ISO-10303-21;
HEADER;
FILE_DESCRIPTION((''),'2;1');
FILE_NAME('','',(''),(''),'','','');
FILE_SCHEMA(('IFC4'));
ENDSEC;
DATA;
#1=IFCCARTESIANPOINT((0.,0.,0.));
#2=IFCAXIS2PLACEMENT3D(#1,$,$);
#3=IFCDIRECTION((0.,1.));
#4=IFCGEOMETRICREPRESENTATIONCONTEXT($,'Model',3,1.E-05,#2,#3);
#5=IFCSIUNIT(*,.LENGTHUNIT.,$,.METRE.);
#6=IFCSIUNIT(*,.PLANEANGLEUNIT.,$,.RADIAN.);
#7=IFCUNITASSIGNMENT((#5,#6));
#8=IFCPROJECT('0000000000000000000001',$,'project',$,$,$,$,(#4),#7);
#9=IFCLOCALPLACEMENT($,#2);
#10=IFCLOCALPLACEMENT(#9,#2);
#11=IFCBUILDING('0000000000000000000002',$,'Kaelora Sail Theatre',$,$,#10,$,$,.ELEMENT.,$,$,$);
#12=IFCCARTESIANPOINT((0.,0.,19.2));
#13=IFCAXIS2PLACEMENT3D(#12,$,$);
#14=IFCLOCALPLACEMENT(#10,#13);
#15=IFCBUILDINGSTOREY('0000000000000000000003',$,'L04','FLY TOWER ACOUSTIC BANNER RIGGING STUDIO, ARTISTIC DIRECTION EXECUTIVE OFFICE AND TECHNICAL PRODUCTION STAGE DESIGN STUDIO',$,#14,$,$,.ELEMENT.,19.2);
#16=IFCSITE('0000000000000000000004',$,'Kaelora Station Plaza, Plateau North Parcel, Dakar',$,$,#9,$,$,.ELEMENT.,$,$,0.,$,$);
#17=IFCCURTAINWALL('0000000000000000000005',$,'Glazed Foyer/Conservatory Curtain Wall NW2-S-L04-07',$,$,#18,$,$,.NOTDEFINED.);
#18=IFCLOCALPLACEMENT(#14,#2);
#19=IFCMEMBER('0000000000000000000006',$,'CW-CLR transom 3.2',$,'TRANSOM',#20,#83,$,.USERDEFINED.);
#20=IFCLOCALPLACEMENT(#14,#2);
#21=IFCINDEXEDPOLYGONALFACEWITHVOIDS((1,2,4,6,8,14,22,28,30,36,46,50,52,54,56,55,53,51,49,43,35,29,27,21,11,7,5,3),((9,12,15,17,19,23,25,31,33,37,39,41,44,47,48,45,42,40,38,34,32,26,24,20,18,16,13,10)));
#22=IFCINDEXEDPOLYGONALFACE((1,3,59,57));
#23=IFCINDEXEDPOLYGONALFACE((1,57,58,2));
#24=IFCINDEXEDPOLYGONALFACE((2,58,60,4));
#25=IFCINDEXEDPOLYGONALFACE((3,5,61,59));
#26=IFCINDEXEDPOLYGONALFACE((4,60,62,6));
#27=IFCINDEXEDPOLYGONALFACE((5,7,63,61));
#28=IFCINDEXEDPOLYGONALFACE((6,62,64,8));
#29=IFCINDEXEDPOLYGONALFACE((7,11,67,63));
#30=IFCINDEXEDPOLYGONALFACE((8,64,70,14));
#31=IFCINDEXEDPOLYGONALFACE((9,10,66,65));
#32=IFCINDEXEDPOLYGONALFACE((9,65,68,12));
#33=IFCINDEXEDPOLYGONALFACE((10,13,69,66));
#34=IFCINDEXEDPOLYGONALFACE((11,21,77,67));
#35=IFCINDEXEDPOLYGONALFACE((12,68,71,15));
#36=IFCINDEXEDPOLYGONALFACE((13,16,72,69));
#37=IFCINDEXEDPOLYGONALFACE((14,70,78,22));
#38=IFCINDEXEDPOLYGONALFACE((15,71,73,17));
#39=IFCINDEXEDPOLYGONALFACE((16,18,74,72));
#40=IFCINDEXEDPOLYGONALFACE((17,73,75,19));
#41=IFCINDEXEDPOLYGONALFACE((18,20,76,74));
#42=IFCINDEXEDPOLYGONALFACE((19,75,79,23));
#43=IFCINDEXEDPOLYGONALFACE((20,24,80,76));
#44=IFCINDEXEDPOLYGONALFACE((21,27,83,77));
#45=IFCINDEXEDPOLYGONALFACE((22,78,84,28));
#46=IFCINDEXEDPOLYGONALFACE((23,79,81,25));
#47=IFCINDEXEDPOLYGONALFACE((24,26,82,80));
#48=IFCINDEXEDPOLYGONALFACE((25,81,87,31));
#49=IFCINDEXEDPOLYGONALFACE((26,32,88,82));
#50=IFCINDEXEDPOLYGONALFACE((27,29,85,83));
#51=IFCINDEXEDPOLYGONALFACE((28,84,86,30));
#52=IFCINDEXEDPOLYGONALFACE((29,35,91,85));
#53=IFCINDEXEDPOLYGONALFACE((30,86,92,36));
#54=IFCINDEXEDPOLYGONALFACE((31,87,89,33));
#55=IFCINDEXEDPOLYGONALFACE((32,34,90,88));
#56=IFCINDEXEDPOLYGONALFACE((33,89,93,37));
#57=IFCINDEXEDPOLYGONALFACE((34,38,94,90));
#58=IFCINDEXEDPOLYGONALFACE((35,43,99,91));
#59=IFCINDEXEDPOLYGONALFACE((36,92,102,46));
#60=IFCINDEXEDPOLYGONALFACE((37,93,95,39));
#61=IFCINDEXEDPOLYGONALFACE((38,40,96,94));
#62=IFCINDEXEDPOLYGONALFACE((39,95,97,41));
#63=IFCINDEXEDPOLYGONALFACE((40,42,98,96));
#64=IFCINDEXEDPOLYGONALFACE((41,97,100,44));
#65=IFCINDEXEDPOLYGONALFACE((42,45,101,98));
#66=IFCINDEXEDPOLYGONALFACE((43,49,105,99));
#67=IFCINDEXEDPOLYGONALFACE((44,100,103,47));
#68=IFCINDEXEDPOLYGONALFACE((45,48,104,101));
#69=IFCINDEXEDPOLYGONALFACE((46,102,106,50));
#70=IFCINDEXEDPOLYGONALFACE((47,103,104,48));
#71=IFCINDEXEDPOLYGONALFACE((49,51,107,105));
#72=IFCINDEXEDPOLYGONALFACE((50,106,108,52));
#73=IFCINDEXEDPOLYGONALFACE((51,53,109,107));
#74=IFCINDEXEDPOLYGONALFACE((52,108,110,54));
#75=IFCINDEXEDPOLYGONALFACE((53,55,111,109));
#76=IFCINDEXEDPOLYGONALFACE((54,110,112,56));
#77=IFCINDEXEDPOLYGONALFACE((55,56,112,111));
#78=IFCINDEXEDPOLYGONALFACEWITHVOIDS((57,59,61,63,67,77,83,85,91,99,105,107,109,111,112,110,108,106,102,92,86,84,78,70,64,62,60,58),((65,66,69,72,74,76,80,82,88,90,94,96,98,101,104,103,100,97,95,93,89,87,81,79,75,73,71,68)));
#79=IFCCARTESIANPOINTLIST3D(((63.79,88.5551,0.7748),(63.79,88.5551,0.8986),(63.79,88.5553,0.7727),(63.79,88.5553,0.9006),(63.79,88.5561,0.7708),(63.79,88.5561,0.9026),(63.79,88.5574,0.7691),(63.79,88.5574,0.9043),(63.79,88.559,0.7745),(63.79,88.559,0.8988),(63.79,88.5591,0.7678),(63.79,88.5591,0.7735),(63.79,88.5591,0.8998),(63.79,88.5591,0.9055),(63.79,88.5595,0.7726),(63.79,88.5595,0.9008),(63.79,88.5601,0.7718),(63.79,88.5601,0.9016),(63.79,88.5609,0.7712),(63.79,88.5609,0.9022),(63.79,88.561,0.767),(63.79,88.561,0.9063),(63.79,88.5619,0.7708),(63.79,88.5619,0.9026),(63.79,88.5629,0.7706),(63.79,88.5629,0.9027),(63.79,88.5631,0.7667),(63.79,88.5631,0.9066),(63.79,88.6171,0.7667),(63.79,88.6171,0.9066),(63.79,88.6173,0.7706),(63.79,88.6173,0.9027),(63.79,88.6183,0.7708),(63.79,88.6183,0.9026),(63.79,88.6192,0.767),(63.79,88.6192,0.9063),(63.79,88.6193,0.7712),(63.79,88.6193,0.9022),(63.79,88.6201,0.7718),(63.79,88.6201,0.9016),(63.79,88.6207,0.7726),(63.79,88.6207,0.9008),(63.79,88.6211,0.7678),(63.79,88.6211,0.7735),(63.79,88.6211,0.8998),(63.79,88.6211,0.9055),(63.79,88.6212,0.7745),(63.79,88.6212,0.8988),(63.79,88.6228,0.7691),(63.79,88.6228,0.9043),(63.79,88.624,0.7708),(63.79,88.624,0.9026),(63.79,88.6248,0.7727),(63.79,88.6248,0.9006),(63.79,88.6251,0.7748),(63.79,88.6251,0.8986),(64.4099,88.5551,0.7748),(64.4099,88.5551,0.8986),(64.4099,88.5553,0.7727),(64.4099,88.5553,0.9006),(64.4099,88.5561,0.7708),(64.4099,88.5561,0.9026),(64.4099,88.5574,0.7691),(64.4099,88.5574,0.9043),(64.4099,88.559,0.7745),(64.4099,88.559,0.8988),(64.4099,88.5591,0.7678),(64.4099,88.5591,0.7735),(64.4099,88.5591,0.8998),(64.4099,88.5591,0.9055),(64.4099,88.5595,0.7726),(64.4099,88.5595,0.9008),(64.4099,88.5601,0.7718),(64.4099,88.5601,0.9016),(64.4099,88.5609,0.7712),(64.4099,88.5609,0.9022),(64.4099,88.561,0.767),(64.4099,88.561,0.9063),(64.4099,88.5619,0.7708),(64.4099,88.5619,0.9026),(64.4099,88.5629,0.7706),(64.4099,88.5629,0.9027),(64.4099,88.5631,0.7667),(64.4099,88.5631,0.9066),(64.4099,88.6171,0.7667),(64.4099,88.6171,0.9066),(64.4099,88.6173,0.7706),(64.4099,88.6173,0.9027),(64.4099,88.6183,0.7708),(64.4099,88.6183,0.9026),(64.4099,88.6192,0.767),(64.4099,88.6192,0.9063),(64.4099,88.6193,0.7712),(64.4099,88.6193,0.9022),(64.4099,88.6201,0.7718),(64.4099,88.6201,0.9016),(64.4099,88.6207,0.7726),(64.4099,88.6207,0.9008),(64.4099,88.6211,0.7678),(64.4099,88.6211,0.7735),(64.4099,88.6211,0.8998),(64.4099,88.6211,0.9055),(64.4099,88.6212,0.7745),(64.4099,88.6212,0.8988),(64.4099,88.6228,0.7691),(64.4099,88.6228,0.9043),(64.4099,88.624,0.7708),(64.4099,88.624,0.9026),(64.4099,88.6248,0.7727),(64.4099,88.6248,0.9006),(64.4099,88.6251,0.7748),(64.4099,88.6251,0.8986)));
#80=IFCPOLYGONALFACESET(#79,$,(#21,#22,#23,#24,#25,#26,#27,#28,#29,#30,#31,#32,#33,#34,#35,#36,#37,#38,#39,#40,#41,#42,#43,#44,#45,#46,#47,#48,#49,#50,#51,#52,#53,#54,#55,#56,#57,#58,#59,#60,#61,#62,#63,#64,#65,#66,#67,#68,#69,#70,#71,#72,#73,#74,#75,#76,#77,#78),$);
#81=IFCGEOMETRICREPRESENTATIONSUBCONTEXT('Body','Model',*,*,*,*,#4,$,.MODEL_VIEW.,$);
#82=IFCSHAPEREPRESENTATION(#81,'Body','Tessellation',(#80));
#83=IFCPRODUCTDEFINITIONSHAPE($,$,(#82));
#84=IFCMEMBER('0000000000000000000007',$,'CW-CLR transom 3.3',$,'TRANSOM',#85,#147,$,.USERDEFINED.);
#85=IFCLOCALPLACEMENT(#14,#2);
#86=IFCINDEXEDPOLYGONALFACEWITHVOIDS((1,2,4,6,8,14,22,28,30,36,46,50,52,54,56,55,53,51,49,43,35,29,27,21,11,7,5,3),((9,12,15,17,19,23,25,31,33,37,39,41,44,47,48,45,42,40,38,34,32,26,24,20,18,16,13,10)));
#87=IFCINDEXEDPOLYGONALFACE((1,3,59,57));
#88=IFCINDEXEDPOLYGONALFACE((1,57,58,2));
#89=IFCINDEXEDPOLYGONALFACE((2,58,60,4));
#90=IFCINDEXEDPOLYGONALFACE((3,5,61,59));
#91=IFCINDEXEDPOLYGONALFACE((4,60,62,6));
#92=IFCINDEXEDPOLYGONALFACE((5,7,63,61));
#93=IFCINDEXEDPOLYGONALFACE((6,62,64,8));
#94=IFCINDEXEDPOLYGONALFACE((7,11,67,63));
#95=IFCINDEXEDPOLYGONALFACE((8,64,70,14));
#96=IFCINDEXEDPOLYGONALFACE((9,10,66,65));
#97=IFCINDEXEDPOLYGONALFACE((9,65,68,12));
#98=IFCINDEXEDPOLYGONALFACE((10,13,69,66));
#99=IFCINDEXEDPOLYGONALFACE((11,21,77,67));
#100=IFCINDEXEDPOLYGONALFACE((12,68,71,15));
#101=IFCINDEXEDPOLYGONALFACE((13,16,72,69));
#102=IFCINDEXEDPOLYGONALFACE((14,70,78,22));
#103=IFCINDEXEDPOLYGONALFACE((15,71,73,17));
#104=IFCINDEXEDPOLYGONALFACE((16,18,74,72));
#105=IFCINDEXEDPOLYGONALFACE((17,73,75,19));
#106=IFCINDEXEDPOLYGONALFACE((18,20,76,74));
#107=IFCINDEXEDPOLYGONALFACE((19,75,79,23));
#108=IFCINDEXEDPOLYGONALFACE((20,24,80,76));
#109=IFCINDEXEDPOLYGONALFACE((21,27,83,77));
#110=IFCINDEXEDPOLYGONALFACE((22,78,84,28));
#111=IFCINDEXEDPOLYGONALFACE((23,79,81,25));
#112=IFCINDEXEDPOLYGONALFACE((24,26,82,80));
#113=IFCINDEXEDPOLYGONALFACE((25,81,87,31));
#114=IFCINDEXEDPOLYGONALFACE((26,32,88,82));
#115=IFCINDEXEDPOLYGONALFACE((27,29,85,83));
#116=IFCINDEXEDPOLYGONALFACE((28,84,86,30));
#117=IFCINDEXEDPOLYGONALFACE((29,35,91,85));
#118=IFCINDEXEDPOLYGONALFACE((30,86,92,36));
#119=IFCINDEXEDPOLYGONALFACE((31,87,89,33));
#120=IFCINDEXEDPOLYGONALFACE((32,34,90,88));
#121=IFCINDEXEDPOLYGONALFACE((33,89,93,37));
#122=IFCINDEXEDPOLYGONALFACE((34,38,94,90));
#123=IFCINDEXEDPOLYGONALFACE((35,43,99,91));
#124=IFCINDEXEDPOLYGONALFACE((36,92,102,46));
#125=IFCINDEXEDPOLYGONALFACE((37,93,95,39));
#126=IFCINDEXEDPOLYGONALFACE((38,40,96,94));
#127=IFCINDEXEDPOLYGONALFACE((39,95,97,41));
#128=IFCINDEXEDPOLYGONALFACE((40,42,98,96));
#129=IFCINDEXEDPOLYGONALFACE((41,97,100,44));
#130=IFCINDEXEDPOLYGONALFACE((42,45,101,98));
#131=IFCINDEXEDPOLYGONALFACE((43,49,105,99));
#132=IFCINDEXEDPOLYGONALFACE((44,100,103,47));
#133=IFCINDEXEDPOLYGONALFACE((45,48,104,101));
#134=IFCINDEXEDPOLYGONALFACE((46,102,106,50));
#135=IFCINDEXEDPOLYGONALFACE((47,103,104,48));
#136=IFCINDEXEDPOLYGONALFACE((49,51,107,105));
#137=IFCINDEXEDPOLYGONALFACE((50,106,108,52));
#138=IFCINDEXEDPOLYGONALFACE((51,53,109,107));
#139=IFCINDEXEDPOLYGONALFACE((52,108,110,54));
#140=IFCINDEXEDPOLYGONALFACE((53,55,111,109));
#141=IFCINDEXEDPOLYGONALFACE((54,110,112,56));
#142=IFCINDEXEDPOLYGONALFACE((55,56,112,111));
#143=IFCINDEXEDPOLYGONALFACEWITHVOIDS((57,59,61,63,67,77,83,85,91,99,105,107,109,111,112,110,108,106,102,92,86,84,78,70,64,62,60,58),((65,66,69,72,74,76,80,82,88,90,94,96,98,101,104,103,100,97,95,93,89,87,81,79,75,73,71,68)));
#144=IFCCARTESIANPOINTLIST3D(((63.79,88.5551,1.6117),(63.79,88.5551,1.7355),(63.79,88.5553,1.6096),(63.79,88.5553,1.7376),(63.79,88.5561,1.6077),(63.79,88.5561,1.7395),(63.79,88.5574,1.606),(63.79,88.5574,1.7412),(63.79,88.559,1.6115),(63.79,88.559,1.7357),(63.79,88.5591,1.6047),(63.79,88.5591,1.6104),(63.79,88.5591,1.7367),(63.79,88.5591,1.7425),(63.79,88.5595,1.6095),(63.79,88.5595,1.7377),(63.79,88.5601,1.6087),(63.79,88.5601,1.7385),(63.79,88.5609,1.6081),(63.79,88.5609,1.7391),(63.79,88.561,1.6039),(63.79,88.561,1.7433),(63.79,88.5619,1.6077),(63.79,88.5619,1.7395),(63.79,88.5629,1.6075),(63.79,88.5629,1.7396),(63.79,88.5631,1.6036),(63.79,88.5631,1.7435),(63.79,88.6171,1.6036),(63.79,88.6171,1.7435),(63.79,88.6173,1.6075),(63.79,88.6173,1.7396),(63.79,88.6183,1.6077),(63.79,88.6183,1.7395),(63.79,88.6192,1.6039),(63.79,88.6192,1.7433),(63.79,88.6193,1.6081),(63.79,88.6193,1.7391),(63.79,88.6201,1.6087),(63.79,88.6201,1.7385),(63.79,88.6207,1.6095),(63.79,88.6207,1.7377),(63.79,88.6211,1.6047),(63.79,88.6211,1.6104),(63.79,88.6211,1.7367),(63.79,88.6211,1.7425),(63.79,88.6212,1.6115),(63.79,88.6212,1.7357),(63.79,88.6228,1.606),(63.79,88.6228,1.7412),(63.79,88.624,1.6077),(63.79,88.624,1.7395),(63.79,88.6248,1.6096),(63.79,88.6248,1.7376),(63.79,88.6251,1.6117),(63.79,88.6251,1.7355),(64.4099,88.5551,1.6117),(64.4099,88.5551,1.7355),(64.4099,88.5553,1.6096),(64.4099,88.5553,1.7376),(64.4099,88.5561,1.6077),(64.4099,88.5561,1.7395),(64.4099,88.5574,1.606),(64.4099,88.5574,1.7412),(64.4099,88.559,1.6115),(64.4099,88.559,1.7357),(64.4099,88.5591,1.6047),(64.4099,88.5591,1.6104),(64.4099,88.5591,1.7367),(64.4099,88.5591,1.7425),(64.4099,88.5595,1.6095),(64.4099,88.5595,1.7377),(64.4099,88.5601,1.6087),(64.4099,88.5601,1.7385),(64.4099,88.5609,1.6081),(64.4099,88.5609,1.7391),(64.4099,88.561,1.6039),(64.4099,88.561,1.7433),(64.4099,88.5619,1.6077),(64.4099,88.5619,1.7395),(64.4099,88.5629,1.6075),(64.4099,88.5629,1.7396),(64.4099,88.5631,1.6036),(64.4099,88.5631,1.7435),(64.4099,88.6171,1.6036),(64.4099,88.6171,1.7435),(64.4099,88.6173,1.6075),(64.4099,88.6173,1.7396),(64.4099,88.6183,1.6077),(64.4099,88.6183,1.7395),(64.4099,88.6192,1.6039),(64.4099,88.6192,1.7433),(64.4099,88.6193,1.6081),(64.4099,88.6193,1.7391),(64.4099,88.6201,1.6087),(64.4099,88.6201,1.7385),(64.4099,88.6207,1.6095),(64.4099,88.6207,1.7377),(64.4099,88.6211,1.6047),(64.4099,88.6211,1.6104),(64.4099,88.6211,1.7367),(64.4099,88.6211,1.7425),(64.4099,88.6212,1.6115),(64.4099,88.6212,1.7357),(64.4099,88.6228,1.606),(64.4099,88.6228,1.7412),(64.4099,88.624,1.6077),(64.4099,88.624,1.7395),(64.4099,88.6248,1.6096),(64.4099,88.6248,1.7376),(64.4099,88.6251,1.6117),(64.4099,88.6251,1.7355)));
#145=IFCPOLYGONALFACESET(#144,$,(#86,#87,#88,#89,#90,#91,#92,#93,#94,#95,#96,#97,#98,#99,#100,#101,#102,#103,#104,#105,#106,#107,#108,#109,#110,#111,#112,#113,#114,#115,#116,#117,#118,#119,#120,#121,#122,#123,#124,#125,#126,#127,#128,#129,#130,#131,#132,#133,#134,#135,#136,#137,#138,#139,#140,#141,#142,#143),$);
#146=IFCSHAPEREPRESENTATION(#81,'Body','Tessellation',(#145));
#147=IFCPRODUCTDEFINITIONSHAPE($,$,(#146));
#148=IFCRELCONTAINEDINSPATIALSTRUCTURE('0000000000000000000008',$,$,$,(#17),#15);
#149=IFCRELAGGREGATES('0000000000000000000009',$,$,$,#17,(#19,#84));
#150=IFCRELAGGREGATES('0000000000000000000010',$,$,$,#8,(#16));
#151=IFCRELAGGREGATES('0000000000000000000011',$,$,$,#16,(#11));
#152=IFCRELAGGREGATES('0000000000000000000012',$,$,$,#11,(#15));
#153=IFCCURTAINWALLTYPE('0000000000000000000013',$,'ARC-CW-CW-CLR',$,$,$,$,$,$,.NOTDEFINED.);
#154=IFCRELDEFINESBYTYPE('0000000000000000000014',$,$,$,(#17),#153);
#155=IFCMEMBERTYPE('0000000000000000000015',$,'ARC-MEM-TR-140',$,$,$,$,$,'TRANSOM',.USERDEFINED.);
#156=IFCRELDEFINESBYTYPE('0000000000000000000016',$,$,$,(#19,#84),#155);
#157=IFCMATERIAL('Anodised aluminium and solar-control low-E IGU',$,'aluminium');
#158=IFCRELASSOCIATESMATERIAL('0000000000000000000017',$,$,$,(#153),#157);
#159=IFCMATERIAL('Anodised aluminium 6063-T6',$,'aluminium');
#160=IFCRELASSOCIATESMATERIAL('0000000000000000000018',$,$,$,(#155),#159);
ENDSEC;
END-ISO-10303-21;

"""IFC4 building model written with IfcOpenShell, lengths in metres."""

from ifc_helpers import new_model, si_unit, direction, frame, origin, origin_2d, place, context, subcontext, project, spatial, hollow_rectangle, extrude, material, material_profile, profile_set, type_object, element, aggregate, save


model = new_model("IFC4")

# Units and contexts
model_context = context("Model", 3, precision=1e-05, world=origin(), true_north=direction((0.0, 1.0)))
body_context = subcontext(model_context, "Body", "Model", "MODEL_VIEW")
ifc_project = project(units=[si_unit("LENGTHUNIT", "METRE"), si_unit("PLANEANGLEUNIT", "RADIAN")], contexts=[model_context])

# Site, building, storey
site_placement = place(None, origin())
site = spatial("IfcSite", under=ifc_project, at=site_placement, Name="Kaelora Station Plaza, Plateau North Parcel, Dakar", CompositionType="ELEMENT", RefElevation=0.0)
building_placement = place(site_placement, origin())
building = spatial("IfcBuilding", under=site, at=building_placement, Name="Kaelora Sail Theatre", CompositionType="ELEMENT")
storey_placement = place(building_placement, frame((0.0, 0.0, 19.2)))
storey = spatial("IfcBuildingStorey", under=building, at=storey_placement, Name="L04", Description="FLY TOWER ACOUSTIC BANNER RIGGING STUDIO, ARTISTIC DIRECTION EXECUTIVE OFFICE AND TECHNICAL PRODUCTION STAGE DESIGN STUDIO", CompositionType="ELEMENT", Elevation=19.2)

# Curtain wall, members
ifc_material_1 = material(Name="Anodised aluminium and solar-control low-E IGU", Category="aluminium")
curtain_wall_type = type_object("IfcCurtainWallType", Name="ARC-CW-CW-CLR", PredefinedType="NOTDEFINED", material=ifc_material_1)
curtain_wall_placement = place(storey_placement, origin())
curtain_wall = element("IfcCurtainWall", 1, at=curtain_wall_placement, inside=storey, type_object=curtain_wall_type, Name="Glazed Foyer/Conservatory Curtain Wall NW2-S-L04-07", PredefinedType="NOTDEFINED")
ifc_material_2 = material(Name="Anodised aluminium 6063-T6", Category="aluminium")
ifc_material_profile_1 = material_profile(ifc_material_2, hollow_rectangle(XDim=0.0701, YDim=0.1399, WallThickness=0.0039, InnerFilletRadius=0.0039, OuterFilletRadius=0.0081, at=origin_2d()), Name="ALU-TRAN 70x140x4")
ifc_profile_set_1 = profile_set([ifc_material_profile_1], Name="Anodised aluminium 6063-T6")
member_type_1 = type_object("IfcMemberType", Name="ARC-MEM-TR-140", ElementType="TRANSOM", PredefinedType="USERDEFINED", material=ifc_profile_set_1)
member_1_placement = place(storey_placement, frame((63.79, 88.5901, 0.8367), z_axis=(1.0, 0.0, 0.0), x_axis=(0.0, 1.0, 0.0)))
member_1 = element("IfcMember", 2, at=member_1_placement, type_object=member_type_1, Name="CW-CLR transom 3.2", ObjectType="TRANSOM", PredefinedType="USERDEFINED", context=body_context, shape_type="SweptSolid", body=[
    extrude(hollow_rectangle(XDim=0.0701, YDim=0.1399, WallThickness=0.0039, InnerFilletRadius=0.0039, OuterFilletRadius=0.0081, at=origin_2d()), origin(), (0.0, 0.0, 1.0), 0.6199),
])
member_2_placement = place(storey_placement, frame((63.79, 88.5901, 1.6736), z_axis=(1.0, 0.0, 0.0), x_axis=(0.0, 1.0, 0.0)))
member_2 = element("IfcMember", 3, at=member_2_placement, type_object=member_type_1, Name="CW-CLR transom 3.3", ObjectType="TRANSOM", PredefinedType="USERDEFINED", context=body_context, shape_type="SweptSolid", body=[
    extrude(hollow_rectangle(XDim=0.0701, YDim=0.1399, WallThickness=0.0039, InnerFilletRadius=0.0039, OuterFilletRadius=0.0081, at=origin_2d()), origin(), (0.0, 0.0, 1.0), 0.6199),
])
aggregate(curtain_wall, [member_1, member_2])

save(model, "model.ifc")
